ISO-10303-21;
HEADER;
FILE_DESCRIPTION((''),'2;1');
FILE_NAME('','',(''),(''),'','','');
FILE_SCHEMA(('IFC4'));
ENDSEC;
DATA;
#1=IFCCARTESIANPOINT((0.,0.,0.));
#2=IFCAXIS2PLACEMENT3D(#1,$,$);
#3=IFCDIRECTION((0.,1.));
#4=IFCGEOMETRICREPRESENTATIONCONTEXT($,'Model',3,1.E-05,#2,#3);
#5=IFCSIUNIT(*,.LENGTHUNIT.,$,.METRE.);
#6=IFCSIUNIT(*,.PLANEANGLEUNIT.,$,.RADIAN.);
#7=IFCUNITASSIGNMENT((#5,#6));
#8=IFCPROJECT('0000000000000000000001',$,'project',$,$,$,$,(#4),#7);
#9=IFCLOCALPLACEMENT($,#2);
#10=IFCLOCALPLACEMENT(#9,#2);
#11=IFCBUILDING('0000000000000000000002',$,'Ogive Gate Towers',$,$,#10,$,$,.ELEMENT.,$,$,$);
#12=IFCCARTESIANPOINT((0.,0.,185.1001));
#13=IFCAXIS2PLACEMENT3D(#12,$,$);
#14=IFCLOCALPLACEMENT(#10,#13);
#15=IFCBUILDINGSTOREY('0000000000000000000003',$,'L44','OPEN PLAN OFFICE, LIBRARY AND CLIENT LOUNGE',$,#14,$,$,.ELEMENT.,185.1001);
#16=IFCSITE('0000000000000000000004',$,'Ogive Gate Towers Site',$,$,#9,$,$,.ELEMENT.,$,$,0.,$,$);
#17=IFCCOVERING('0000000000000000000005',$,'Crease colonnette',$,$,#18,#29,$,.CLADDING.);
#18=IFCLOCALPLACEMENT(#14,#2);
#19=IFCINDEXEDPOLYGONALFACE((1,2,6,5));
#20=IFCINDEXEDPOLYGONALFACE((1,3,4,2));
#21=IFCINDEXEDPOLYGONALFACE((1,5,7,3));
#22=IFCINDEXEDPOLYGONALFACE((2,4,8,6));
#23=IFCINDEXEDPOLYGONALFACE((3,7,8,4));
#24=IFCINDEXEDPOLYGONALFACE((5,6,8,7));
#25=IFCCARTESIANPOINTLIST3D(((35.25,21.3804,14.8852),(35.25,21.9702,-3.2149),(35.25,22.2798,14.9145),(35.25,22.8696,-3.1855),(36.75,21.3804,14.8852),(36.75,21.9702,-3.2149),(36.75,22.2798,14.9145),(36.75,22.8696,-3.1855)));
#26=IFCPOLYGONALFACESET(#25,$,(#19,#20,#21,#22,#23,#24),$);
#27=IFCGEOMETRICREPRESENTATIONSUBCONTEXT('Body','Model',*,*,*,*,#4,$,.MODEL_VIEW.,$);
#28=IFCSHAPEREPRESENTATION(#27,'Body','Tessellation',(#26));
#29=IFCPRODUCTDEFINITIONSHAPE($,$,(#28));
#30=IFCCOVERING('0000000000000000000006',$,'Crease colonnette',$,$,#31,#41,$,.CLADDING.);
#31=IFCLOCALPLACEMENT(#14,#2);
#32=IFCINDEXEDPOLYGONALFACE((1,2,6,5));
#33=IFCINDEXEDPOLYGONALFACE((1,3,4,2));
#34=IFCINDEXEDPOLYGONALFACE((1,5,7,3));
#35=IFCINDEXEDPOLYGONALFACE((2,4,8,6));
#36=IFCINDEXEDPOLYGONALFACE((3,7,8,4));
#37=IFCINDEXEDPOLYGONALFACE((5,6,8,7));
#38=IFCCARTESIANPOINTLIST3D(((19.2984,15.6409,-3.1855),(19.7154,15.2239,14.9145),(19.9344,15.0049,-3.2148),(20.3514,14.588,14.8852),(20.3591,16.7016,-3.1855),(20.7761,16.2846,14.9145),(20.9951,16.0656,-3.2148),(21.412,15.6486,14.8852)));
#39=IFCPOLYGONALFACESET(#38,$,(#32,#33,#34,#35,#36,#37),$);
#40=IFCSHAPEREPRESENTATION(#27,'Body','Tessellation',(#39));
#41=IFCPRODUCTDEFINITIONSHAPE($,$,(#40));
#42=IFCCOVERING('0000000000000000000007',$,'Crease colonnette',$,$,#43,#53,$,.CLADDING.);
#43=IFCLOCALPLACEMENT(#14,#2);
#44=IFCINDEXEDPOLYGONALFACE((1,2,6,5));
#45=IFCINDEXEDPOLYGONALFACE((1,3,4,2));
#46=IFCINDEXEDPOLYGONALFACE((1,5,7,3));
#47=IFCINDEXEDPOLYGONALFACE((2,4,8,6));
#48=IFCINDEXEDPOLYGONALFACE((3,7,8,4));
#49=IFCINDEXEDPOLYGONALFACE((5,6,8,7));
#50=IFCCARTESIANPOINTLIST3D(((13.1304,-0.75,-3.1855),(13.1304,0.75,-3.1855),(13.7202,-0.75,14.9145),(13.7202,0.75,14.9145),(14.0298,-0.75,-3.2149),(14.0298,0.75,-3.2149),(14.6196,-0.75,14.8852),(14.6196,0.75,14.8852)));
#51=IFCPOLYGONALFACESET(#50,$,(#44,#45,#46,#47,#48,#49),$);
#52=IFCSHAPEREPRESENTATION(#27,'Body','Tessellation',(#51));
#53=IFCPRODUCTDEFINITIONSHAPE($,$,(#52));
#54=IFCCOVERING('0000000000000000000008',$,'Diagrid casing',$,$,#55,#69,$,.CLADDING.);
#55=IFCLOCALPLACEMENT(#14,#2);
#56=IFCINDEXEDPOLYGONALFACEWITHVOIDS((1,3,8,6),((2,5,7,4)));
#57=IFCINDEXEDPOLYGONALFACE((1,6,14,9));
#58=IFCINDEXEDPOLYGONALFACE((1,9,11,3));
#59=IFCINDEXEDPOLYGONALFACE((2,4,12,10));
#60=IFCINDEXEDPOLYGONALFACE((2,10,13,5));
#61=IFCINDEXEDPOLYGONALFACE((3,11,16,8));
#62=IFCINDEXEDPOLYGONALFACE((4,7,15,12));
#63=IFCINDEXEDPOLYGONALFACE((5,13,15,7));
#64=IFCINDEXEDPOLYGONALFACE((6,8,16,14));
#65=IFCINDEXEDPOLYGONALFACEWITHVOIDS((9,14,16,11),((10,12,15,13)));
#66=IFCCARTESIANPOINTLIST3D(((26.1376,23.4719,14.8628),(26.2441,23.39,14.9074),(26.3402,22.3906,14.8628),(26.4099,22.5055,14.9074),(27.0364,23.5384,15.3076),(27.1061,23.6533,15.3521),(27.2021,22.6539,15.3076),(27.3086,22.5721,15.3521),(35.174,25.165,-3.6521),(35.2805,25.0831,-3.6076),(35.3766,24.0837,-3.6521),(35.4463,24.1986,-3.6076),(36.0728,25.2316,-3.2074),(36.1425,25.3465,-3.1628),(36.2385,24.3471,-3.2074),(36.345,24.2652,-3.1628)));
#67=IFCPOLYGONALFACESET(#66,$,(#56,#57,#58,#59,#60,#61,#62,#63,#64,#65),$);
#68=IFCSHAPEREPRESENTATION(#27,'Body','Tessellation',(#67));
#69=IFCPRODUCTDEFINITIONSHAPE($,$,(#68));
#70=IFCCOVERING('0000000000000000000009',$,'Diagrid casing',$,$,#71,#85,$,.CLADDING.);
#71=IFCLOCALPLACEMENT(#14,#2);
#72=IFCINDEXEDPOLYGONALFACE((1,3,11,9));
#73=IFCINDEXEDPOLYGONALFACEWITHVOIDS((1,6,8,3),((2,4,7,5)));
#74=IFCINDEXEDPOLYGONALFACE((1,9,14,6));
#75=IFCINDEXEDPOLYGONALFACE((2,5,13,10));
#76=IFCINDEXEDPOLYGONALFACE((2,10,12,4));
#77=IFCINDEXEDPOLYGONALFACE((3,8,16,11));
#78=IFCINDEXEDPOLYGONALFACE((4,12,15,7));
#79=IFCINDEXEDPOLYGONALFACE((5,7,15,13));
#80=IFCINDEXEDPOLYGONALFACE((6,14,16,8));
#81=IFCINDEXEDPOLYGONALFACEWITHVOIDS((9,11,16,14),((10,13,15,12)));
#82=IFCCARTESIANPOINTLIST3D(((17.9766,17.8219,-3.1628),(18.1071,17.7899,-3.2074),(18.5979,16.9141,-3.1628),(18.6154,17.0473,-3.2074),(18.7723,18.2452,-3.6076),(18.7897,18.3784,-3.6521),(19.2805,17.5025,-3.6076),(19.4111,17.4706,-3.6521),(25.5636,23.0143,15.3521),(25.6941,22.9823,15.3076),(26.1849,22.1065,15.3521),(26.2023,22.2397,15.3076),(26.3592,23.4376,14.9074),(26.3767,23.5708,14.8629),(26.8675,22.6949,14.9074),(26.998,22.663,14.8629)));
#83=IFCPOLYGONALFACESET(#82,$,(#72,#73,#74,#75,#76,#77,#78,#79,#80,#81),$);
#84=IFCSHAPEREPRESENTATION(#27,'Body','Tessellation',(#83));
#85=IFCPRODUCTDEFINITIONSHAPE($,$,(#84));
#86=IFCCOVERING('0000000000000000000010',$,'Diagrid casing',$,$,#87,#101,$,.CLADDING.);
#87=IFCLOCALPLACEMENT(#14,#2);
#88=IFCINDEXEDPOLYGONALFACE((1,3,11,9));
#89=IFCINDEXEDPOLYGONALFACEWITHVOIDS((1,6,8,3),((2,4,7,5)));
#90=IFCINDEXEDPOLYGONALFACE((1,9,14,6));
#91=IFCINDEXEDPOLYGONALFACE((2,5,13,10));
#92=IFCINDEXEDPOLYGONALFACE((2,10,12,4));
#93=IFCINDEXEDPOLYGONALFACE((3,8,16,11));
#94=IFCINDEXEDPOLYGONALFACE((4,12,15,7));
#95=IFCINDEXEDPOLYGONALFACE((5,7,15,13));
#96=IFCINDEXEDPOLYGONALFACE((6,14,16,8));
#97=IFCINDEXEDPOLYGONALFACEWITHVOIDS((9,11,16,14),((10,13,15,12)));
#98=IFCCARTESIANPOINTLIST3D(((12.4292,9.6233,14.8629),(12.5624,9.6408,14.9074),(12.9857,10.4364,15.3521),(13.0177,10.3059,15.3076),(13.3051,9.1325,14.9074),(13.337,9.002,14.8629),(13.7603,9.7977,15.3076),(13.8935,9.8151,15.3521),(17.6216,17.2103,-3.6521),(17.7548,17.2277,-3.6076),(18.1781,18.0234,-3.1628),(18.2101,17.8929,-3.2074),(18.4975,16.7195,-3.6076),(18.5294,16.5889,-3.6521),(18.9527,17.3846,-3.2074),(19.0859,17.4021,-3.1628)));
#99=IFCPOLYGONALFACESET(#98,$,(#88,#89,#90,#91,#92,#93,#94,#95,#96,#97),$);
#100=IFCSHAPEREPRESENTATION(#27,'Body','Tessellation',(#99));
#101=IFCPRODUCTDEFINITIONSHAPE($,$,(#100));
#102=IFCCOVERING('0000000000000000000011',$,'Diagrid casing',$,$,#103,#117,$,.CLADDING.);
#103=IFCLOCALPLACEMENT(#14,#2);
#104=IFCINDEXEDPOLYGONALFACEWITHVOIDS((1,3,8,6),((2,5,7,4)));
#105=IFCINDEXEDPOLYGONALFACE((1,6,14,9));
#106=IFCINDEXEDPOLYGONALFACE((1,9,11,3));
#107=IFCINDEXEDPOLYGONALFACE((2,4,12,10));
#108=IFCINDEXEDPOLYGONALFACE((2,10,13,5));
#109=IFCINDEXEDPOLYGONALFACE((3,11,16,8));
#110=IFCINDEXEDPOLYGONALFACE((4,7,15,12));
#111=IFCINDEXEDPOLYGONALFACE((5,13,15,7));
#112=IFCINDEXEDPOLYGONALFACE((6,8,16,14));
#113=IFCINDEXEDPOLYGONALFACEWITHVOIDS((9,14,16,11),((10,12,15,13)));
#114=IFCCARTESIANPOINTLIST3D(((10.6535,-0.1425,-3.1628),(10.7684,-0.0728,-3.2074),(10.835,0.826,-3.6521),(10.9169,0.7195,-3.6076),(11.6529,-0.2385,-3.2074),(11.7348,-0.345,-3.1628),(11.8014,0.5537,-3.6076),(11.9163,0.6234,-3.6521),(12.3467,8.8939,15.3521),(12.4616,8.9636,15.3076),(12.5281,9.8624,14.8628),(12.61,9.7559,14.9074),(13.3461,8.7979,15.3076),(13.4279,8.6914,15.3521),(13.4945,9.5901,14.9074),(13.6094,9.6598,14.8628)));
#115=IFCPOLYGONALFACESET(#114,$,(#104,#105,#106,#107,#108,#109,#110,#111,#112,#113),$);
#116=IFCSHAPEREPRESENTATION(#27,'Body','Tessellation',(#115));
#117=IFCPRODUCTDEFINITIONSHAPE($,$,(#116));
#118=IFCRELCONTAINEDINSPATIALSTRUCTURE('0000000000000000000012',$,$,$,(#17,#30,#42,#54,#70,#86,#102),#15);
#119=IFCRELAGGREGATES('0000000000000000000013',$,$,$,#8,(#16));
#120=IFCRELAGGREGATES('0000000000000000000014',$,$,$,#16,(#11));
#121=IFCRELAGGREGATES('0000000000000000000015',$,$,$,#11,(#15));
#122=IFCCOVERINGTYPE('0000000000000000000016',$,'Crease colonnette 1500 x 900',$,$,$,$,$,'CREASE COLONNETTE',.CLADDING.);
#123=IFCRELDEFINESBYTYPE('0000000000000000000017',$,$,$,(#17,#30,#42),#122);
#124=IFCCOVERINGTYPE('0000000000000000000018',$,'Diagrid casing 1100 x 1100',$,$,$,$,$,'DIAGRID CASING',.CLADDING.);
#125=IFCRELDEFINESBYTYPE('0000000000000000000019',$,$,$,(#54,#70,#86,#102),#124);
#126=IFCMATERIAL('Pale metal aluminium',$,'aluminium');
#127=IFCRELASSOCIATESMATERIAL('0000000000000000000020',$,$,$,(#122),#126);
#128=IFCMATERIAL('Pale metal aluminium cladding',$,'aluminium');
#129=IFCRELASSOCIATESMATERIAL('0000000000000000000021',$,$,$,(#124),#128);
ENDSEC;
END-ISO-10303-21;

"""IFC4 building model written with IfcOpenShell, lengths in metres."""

from ifc_helpers import new_model, si_unit, direction, frame, origin, origin_2d, place, context, subcontext, project, spatial, rectangle, hollow_rectangle, extrude, material, material_profile, profile_set, type_object, element, save


model = new_model("IFC4")

# Units and contexts
model_context = context("Model", 3, precision=1e-05, world=origin(), true_north=direction((0.0, 1.0)))
body_context = subcontext(model_context, "Body", "Model", "MODEL_VIEW")
ifc_project = project(units=[si_unit("LENGTHUNIT", "METRE"), si_unit("PLANEANGLEUNIT", "RADIAN")], contexts=[model_context])

# Site, building, storey
site_placement = place(None, origin())
site = spatial("IfcSite", under=ifc_project, at=site_placement, Name="Ogive Gate Towers Site", CompositionType="ELEMENT", RefElevation=0.0)
building_placement = place(site_placement, origin())
building = spatial("IfcBuilding", under=site, at=building_placement, Name="Ogive Gate Towers", CompositionType="ELEMENT")
storey_placement = place(building_placement, frame((0.0, 0.0, 185.1001)))
storey = spatial("IfcBuildingStorey", under=building, at=storey_placement, Name="L44", Description="OPEN PLAN OFFICE, LIBRARY AND CLIENT LOUNGE", CompositionType="ELEMENT", Elevation=185.1001)

# Coverings
ifc_material_1 = material(Name="Pale metal aluminium", Category="aluminium")
ifc_material_profile_1 = material_profile(ifc_material_1, rectangle(XDim=1.5, YDim=0.8999, at=origin_2d()), Name="1500 x 900 pale metal aluminium")
ifc_profile_set_1 = profile_set([ifc_material_profile_1], Name="Pale metal aluminium")
covering_type_1 = type_object("IfcCoveringType", Name="Crease colonnette 1500 x 900", ElementType="CREASE COLONNETTE", PredefinedType="CLADDING", material=ifc_profile_set_1)
for number, where, z_axis, x_axis, name in (
    (1, (36.0, 22.4199, -3.2002), (0.0, -0.032571, 0.999469), (1.0, 0.0, 0.0), "Crease colonnette"),
    (2, (20.1467, 15.8533, -3.2002), (0.023026, -0.023026, 0.99947), (0.707107, 0.707107, 0.0), "Crease colonnette"),
    (3, (13.5801, 0.0, -3.2002), (0.032571, 0.0, 0.999469), (0.0, 1.0, 0.0), "Crease colonnette"),
):
    element("IfcCovering", number, at=place(storey_placement, frame(where, z_axis=z_axis, x_axis=x_axis)), inside=storey, type_object=covering_type_1, Name=name, PredefinedType="CLADDING", context=body_context, shape_type="SweptSolid", body=[
        extrude(rectangle(XDim=1.5, YDim=0.8999, at=origin_2d()), origin(), (0.0, 0.0, 1.0), 18.1096),
    ])
ifc_material_2 = material(Name="Pale metal aluminium cladding", Category="aluminium")
ifc_material_profile_2 = material_profile(ifc_material_2, hollow_rectangle(XDim=1.1001, YDim=1.1001, WallThickness=0.1001, at=origin_2d()), Name="1100 x 1100 pale metal casing")
ifc_profile_set_2 = profile_set([ifc_material_profile_2], Name="Pale metal aluminium cladding")
covering_type_2 = type_object("IfcCoveringType", Name="Diagrid casing 1100 x 1100", ElementType="DIAGRID CASING", PredefinedType="CLADDING", material=ifc_profile_set_2)
for number, where, z_axis, x_axis, name in (
    (4, (35.7595, 24.7151, -3.4075), (-0.437135, -0.081905, 0.895659), (0.184162, -0.982896, 0.0), "Diagrid casing"),
    (5, (18.6938, 17.6462, -3.4075), (0.367018, 0.251182, 0.895659), (-0.564783, 0.82524, 0.0), "Diagrid casing"),
    (6, (18.3538, 17.3062, -3.4075), (-0.251182, -0.367018, 0.895659), (0.82524, -0.564783, 0.0), "Diagrid casing"),
    (7, (11.2849, 0.2405, -3.4075), (0.081905, 0.437135, 0.895659), (-0.982896, 0.184162, 0.0), "Diagrid casing"),
):
    element("IfcCovering", number, at=place(storey_placement, frame(where, z_axis=z_axis, x_axis=x_axis)), inside=storey, type_object=covering_type_2, Name=name, PredefinedType="CLADDING", context=body_context, shape_type="SweptSolid", body=[
        extrude(hollow_rectangle(XDim=1.1001, YDim=1.1001, WallThickness=0.1001, at=origin_2d()), origin(), (0.0, 0.0, 1.0), 20.6719),
    ])

save(model, "model.ifc")
